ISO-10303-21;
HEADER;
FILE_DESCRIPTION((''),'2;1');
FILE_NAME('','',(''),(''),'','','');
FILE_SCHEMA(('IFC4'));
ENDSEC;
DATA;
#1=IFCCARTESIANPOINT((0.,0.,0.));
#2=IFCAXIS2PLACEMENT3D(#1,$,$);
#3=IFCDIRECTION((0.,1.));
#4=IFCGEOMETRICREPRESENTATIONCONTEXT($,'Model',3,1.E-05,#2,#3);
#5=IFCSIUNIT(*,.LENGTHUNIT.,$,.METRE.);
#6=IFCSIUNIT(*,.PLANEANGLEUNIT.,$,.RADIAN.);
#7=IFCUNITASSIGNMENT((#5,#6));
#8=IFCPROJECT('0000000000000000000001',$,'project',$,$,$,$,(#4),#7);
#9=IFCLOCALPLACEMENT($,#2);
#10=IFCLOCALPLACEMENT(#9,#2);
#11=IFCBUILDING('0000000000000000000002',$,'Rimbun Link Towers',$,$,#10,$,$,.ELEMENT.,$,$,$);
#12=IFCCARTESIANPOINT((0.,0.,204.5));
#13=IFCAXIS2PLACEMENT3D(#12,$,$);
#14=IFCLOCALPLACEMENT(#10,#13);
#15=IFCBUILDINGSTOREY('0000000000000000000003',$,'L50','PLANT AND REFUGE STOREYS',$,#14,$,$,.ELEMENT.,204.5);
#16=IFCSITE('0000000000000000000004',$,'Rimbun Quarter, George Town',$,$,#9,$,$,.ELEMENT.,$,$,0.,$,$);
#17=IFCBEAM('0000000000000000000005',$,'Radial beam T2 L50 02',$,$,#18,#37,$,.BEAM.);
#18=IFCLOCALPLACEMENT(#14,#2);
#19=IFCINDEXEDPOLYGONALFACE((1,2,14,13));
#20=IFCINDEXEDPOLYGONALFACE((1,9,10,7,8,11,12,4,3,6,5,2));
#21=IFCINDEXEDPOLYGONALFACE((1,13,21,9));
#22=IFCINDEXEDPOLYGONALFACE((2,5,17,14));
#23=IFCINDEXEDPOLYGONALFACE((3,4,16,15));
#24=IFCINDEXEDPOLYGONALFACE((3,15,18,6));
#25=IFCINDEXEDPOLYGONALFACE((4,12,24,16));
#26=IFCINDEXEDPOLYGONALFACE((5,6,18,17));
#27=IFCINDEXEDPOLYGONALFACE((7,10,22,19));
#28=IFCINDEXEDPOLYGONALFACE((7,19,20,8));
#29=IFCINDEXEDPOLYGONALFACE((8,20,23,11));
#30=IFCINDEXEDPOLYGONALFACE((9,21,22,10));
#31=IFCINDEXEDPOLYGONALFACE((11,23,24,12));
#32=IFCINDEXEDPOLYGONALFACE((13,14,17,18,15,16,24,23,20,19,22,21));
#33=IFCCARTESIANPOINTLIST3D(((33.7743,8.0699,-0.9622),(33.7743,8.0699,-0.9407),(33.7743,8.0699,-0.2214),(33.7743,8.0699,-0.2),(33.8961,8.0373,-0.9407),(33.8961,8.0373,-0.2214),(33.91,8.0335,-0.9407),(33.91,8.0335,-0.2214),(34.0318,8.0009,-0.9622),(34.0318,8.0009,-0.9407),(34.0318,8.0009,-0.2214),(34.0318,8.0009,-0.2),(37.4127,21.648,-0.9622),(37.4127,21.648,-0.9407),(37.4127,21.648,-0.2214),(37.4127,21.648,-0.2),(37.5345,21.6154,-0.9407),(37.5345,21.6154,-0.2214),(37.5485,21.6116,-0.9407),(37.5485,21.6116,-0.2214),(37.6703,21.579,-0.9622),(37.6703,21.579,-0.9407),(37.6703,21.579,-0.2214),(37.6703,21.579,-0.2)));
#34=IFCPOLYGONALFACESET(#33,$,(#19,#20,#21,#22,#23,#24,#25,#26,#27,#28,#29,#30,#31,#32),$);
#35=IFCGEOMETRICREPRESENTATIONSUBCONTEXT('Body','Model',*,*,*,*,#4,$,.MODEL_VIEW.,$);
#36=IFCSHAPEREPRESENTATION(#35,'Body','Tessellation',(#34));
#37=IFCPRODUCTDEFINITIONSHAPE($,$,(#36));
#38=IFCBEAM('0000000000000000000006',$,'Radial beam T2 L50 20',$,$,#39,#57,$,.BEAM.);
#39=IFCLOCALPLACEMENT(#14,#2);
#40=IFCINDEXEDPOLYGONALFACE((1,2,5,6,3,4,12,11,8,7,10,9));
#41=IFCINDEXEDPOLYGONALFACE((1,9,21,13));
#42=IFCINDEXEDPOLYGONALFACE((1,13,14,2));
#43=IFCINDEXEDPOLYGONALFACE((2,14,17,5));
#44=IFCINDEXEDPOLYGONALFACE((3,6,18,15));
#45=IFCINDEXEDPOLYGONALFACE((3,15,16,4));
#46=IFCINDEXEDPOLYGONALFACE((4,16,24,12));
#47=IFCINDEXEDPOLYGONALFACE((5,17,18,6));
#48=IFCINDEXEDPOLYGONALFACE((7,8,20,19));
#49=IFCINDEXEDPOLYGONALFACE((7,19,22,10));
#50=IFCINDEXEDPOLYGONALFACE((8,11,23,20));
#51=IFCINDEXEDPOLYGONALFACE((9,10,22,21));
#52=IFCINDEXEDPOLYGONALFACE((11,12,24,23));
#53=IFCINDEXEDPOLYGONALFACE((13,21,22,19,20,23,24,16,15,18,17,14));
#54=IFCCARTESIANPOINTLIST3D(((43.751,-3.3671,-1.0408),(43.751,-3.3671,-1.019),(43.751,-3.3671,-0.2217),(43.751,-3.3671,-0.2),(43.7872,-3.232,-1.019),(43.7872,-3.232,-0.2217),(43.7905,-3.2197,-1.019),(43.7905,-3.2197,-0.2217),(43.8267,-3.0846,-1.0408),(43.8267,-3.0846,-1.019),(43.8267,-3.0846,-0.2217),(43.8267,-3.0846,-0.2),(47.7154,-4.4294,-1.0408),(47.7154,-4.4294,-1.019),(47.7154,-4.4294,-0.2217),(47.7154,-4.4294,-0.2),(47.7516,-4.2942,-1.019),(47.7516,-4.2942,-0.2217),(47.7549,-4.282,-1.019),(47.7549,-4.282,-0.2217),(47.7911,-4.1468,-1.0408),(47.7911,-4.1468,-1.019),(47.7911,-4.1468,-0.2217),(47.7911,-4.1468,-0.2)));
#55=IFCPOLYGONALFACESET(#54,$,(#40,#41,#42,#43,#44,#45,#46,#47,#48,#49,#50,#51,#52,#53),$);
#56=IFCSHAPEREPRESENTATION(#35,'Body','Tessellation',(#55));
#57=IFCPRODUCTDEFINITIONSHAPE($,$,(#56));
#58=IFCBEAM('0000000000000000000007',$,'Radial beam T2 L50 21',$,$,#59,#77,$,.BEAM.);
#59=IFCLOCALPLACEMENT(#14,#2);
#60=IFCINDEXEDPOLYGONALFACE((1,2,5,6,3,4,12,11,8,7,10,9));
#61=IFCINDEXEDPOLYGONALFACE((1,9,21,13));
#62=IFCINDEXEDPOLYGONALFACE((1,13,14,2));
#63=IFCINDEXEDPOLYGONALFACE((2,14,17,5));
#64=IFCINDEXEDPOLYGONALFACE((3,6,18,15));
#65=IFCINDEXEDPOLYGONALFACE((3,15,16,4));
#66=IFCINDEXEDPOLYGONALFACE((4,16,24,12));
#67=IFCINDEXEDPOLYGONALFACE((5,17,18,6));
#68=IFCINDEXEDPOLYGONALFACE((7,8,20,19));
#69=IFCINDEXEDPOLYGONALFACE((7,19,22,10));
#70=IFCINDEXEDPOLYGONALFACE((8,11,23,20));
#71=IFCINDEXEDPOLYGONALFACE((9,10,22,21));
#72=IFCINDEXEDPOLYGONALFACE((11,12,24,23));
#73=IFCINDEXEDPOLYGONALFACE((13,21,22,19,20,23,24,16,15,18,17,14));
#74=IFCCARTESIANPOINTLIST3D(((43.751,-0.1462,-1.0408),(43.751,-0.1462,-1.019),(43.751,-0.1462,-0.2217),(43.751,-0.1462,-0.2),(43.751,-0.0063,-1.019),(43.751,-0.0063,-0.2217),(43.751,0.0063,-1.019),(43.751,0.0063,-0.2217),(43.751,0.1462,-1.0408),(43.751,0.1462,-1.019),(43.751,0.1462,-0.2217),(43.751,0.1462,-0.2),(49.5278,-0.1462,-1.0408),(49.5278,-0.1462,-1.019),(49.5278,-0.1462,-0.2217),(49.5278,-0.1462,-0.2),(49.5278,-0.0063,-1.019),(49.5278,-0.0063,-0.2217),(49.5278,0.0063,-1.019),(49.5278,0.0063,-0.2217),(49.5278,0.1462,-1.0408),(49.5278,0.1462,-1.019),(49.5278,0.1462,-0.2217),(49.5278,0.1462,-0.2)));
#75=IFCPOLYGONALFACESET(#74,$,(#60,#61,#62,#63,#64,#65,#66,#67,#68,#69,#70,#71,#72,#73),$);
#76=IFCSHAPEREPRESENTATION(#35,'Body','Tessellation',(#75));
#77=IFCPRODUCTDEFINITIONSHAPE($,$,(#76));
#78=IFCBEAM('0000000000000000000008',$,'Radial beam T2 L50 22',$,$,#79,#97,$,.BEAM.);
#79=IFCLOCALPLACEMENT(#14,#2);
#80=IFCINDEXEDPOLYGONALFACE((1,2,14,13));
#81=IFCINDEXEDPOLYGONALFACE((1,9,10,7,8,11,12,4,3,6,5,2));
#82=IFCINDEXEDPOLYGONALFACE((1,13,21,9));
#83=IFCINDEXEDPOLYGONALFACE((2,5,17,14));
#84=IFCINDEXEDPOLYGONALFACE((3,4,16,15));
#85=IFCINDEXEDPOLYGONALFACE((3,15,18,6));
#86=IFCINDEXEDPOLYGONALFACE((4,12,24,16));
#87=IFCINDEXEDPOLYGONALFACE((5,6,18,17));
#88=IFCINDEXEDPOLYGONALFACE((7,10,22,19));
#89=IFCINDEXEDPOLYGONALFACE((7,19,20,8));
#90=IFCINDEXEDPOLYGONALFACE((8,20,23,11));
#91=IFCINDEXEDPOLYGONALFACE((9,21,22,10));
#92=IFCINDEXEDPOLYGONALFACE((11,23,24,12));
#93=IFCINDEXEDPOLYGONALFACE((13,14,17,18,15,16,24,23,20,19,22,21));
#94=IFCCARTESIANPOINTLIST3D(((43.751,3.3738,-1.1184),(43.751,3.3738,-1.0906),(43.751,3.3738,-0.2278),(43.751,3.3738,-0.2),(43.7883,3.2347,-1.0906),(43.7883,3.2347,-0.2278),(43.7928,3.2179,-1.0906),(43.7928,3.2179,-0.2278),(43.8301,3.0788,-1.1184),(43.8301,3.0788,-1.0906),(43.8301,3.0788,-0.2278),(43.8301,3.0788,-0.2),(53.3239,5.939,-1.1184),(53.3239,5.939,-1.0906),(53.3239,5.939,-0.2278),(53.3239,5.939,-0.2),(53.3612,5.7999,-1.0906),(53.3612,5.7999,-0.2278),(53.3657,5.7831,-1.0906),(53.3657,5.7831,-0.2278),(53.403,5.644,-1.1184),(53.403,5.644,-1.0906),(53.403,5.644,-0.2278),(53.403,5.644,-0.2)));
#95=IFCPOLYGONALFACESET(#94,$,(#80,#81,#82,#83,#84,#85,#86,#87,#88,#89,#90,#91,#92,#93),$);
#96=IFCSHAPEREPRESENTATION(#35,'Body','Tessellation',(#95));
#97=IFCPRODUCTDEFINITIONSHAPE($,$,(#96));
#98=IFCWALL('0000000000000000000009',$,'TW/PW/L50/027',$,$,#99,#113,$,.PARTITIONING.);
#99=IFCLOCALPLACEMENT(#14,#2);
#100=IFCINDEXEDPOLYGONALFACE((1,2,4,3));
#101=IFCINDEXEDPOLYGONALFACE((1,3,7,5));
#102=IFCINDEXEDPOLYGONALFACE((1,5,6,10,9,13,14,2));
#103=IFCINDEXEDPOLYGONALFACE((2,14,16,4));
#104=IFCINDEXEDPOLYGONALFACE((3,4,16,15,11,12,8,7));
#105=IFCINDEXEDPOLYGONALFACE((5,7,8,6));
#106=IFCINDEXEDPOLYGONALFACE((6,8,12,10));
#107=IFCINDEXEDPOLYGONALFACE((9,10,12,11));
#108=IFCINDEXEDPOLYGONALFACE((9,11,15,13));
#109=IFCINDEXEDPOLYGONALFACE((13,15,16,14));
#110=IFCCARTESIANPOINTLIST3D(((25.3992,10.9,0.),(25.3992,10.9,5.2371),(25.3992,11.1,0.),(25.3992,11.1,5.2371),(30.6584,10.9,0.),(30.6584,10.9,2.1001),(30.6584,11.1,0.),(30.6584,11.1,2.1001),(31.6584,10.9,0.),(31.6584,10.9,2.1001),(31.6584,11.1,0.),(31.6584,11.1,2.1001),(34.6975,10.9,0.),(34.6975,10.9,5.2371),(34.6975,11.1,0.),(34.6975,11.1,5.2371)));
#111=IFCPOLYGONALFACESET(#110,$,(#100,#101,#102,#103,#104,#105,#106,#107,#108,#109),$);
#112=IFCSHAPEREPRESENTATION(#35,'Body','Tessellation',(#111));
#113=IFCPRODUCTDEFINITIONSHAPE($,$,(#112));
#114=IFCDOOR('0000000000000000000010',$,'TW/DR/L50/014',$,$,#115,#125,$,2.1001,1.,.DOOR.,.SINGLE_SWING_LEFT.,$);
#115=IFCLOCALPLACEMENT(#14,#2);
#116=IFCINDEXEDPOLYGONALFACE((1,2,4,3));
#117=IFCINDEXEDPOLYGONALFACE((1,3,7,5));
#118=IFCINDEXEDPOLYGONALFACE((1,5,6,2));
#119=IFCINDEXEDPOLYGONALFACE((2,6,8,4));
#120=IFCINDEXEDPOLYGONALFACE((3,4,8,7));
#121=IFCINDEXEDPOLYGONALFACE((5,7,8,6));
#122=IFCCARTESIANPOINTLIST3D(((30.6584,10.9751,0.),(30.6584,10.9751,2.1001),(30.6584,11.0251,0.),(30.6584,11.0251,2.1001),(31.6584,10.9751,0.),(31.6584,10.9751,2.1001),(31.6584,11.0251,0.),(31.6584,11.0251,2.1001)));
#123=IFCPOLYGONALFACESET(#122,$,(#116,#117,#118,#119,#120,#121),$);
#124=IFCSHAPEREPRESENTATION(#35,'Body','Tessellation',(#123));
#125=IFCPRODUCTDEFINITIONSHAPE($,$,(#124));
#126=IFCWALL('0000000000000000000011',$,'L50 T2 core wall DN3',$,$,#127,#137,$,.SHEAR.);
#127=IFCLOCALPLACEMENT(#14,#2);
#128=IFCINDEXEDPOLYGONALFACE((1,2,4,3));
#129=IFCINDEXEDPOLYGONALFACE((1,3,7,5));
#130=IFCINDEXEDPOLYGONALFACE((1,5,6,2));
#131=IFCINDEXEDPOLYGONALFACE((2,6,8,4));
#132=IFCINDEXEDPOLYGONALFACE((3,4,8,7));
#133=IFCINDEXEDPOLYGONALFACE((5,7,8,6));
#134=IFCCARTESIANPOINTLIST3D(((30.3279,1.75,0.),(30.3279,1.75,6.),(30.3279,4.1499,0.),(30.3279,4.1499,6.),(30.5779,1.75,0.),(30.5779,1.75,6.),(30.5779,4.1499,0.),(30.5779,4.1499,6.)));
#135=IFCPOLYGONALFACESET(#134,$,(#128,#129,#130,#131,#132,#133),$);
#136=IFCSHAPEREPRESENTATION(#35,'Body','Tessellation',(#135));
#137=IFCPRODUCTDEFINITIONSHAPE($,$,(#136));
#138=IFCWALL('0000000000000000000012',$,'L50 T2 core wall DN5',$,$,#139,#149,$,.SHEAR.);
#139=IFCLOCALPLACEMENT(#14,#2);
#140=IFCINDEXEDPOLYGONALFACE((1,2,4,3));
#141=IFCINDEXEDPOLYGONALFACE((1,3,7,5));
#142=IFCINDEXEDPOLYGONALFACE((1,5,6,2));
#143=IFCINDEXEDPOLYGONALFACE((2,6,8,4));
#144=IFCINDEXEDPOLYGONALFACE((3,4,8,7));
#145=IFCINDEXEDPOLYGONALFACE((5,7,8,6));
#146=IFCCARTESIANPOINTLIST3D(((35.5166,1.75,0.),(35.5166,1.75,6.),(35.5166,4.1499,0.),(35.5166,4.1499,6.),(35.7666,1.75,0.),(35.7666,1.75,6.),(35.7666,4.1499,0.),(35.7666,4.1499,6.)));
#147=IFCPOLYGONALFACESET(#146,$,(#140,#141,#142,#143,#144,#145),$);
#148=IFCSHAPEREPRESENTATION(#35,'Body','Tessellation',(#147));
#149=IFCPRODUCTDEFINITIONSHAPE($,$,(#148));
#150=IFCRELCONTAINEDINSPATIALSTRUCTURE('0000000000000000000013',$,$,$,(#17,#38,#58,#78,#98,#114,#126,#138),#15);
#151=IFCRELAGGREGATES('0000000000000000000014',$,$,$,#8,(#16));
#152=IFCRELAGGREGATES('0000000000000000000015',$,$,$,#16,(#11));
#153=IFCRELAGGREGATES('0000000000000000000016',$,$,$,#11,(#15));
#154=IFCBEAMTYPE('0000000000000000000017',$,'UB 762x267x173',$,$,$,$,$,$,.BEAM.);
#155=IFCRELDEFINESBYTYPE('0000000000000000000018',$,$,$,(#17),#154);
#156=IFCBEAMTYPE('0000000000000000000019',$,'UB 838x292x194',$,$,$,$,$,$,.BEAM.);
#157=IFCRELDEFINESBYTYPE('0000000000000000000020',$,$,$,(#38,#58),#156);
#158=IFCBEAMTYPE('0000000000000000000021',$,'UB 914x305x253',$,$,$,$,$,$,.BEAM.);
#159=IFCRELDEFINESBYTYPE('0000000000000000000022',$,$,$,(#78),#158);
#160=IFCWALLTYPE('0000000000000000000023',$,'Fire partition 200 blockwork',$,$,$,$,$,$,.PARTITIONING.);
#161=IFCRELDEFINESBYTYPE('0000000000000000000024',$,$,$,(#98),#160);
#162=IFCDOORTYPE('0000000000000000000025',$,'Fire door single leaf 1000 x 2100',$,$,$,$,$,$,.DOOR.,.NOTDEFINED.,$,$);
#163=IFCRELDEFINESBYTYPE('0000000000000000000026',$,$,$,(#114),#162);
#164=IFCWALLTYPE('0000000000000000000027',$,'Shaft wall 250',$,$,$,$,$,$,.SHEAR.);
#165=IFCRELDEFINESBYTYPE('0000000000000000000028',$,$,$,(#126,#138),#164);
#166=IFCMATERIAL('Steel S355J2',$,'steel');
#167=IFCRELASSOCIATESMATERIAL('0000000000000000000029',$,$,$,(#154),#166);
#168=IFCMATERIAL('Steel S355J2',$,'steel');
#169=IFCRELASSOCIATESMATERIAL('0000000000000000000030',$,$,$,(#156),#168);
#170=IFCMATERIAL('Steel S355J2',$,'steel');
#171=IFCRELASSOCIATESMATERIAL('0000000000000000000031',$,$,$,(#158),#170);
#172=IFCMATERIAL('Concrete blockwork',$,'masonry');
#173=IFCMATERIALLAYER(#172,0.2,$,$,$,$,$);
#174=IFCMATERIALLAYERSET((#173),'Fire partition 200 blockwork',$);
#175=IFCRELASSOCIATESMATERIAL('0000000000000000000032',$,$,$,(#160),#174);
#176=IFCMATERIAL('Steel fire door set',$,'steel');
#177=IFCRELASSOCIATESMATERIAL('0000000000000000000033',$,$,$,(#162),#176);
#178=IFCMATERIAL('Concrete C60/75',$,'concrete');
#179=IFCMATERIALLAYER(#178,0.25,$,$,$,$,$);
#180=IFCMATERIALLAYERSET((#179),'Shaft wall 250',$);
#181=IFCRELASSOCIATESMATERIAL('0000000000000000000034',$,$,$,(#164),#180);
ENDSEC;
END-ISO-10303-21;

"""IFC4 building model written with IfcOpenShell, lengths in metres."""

from ifc_helpers import new_model, si_unit, direction, frame, frame_2d, origin, origin_2d, place, context, subcontext, project, spatial, rectangle, i_section, extrude, material, layer, layer_set, material_profile, profile_set, type_object, element, fill, save


model = new_model("IFC4")

# Units and contexts
model_context = context("Model", 3, precision=1e-05, world=origin(), true_north=direction((0.0, 1.0)))
body_context = subcontext(model_context, "Body", "Model", "MODEL_VIEW")
ifc_project = project(units=[si_unit("LENGTHUNIT", "METRE"), si_unit("PLANEANGLEUNIT", "RADIAN")], contexts=[model_context])

# Site, building, storey
site_placement = place(None, origin())
site = spatial("IfcSite", under=ifc_project, at=site_placement, Name="Rimbun Quarter, George Town", CompositionType="ELEMENT", RefElevation=0.0)
building_placement = place(site_placement, origin())
building = spatial("IfcBuilding", under=site, at=building_placement, Name="Rimbun Link Towers", CompositionType="ELEMENT")
storey_placement = place(building_placement, frame((0.0, 0.0, 204.5)))
storey = spatial("IfcBuildingStorey", under=building, at=storey_placement, Name="L50", Description="PLANT AND REFUGE STOREYS", CompositionType="ELEMENT", Elevation=204.5)

# Beams
ifc_material_1 = material(Name="Steel S355J2", Category="steel")
ifc_material_profile_1 = material_profile(ifc_material_1, i_section(OverallWidth=0.2666, OverallDepth=0.7622, WebThickness=0.0144, FlangeThickness=0.0215, at=origin_2d()), Name="UB 762x267x173")
ifc_profile_set_1 = profile_set([ifc_material_profile_1], Name="Steel S355J2")
beam_type_1 = type_object("IfcBeamType", Name="UB 762x267x173", PredefinedType="BEAM", material=ifc_profile_set_1)
beam_1_placement = place(storey_placement, frame((33.9031, 8.0354, -0.5811), z_axis=(0.258831, 0.965923, 0.0), x_axis=(-0.965923, 0.258831, 0.0)))
element("IfcBeam", 1, at=beam_1_placement, inside=storey, type_object=beam_type_1, Name="Radial beam T2 L50 02", PredefinedType="BEAM", context=body_context, shape_type="SweptSolid", body=[
    extrude(i_section(OverallWidth=0.2666, OverallDepth=0.7622, WebThickness=0.0144, FlangeThickness=0.0215, at=origin_2d()), origin(), (0.0, 0.0, 1.0), 14.0571),
])
ifc_material_2 = material(Name="Steel S355J2", Category="steel")
ifc_material_profile_2 = material_profile(ifc_material_2, i_section(OverallWidth=0.2925, OverallDepth=0.8408, WebThickness=0.0127, FlangeThickness=0.0217, at=origin_2d()), Name="UB 838x292x194")
ifc_profile_set_2 = profile_set([ifc_material_profile_2], Name="Steel S355J2")
beam_type_2 = type_object("IfcBeamType", Name="UB 838x292x194", PredefinedType="BEAM", material=ifc_profile_set_2)
beam_2_placement = place(storey_placement, frame((43.7888, -3.2258, -0.6204), z_axis=(0.965925, -0.258821, 0.0), x_axis=(0.258821, 0.965925, 0.0)))
element("IfcBeam", 2, at=beam_2_placement, inside=storey, type_object=beam_type_2, Name="Radial beam T2 L50 20", PredefinedType="BEAM", context=body_context, shape_type="SweptSolid", body=[
    extrude(i_section(OverallWidth=0.2925, OverallDepth=0.8408, WebThickness=0.0127, FlangeThickness=0.0217, at=origin_2d()), origin(), (0.0, 0.0, 1.0), 4.1042),
])
beam_3_placement = place(storey_placement, frame((43.751, 0.0, -0.6204), z_axis=(1.0, 0.0, 0.0), x_axis=(0.0, 1.0, 0.0)))
element("IfcBeam", 3, at=beam_3_placement, inside=storey, type_object=beam_type_2, Name="Radial beam T2 L50 21", PredefinedType="BEAM", context=body_context, shape_type="SweptSolid", body=[
    extrude(i_section(OverallWidth=0.2925, OverallDepth=0.8408, WebThickness=0.0127, FlangeThickness=0.0217, at=origin_2d()), origin(), (0.0, 0.0, 1.0), 5.7769),
])
ifc_material_3 = material(Name="Steel S355J2", Category="steel")
ifc_material_profile_3 = material_profile(ifc_material_3, i_section(OverallWidth=0.3054, OverallDepth=0.9185, WebThickness=0.0173, FlangeThickness=0.0278, at=origin_2d()), Name="UB 914x305x253")
ifc_profile_set_3 = profile_set([ifc_material_profile_3], Name="Steel S355J2")
beam_type_3 = type_object("IfcBeamType", Name="UB 914x305x253", PredefinedType="BEAM", material=ifc_profile_set_3)
beam_4_placement = place(storey_placement, frame((43.7905, 3.2263, -0.6592), z_axis=(0.965923, 0.258829, 0.0), x_axis=(-0.258829, 0.965923, 0.0)))
element("IfcBeam", 4, at=beam_4_placement, inside=storey, type_object=beam_type_3, Name="Radial beam T2 L50 22", PredefinedType="BEAM", context=body_context, shape_type="SweptSolid", body=[
    extrude(i_section(OverallWidth=0.3054, OverallDepth=0.9185, WebThickness=0.0173, FlangeThickness=0.0278, at=origin_2d()), origin(), (0.0, 0.0, 1.0), 9.9106),
])

# Wall, opening, door
ifc_material_4 = material(Name="Concrete blockwork", Category="masonry")
ifc_layer_1 = layer(ifc_material_4, 0.2)
ifc_layer_set_1 = layer_set([ifc_layer_1], Name="Fire partition 200 blockwork")
wall_type_1 = type_object("IfcWallType", Name="Fire partition 200 blockwork", PredefinedType="PARTITIONING", material=ifc_layer_set_1)
wall_1_placement = place(storey_placement, frame((34.6975, 11.0, 0.0), z_axis=(0.0, 0.0, 1.0), x_axis=(-1.0, 0.0, 0.0)))
wall_1 = element("IfcWall", 5, at=wall_1_placement, inside=storey, type_object=wall_type_1, Name="TW/PW/L50/027", PredefinedType="PARTITIONING", context=body_context, shape_type="SweptSolid", body=[
    extrude(rectangle(XDim=9.2983, YDim=0.2, at=frame_2d((4.6492, 0.0))), origin(), (0.0, 0.0, 1.0), 5.2371),
])
opening_1_placement = place(wall_1_placement, frame((3.0391, 0.0, 0.0)))
opening_1 = element("IfcOpeningElement", 6, at=opening_1_placement, cuts=wall_1, PredefinedType="OPENING", context=body_context, shape_type="SweptSolid", body=[
    extrude(rectangle(XDim=1.0, YDim=2.1001, at=frame_2d((0.5, 1.05))), frame((0.0, 0.1099, 0.0), z_axis=(0.0, -1.0, 0.0), x_axis=(1.0, 0.0, 0.0)), (0.0, 0.0, 1.0), 0.22),
])
ifc_material_5 = material(Name="Steel fire door set", Category="steel")
door_type_1 = type_object("IfcDoorType", Name="Fire door single leaf 1000 x 2100", OperationType="NOTDEFINED", PredefinedType="DOOR", material=ifc_material_5)
door_1_placement = place(opening_1_placement, origin())
door_1 = element("IfcDoor", 7, at=door_1_placement, inside=storey, type_object=door_type_1, Name="TW/DR/L50/014", OperationType="SINGLE_SWING_LEFT", OverallHeight=2.1001, OverallWidth=1.0, PredefinedType="DOOR", context=body_context, shape_type="SweptSolid", body=[
    extrude(rectangle(XDim=1.0, YDim=2.1001, at=frame_2d((0.5, 1.05))), frame((0.0, 0.0249, 0.0), z_axis=(0.0, -1.0, 0.0), x_axis=(1.0, 0.0, 0.0)), (0.0, 0.0, 1.0), 0.05),
])
fill(opening_1, door_1)

# Walls
ifc_material_6 = material(Name="Concrete C60/75", Category="concrete")
ifc_layer_2 = layer(ifc_material_6, 0.25)
ifc_layer_set_2 = layer_set([ifc_layer_2], Name="Shaft wall 250")
wall_type_2 = type_object("IfcWallType", Name="Shaft wall 250", PredefinedType="SHEAR", material=ifc_layer_set_2)
for number, where, z_axis, x_axis, name in (
    (8, (30.4529, 1.75, 0.0), (0.0, 0.0, 1.0), (0.0, 1.0, 0.0), "L50 T2 core wall DN3"),
    (9, (35.6416, 1.75, 0.0), (0.0, 0.0, 1.0), (0.0, 1.0, 0.0), "L50 T2 core wall DN5"),
):
    element("IfcWall", number, at=place(storey_placement, frame(where, z_axis=z_axis, x_axis=x_axis)), inside=storey, type_object=wall_type_2, Name=name, PredefinedType="SHEAR", context=body_context, shape_type="SweptSolid", body=[
        extrude(rectangle(XDim=2.3999, YDim=0.25, at=frame_2d((1.2, 0.0))), origin(), (0.0, 0.0, 1.0), 6.0),
    ])

save(model, "model.ifc")
